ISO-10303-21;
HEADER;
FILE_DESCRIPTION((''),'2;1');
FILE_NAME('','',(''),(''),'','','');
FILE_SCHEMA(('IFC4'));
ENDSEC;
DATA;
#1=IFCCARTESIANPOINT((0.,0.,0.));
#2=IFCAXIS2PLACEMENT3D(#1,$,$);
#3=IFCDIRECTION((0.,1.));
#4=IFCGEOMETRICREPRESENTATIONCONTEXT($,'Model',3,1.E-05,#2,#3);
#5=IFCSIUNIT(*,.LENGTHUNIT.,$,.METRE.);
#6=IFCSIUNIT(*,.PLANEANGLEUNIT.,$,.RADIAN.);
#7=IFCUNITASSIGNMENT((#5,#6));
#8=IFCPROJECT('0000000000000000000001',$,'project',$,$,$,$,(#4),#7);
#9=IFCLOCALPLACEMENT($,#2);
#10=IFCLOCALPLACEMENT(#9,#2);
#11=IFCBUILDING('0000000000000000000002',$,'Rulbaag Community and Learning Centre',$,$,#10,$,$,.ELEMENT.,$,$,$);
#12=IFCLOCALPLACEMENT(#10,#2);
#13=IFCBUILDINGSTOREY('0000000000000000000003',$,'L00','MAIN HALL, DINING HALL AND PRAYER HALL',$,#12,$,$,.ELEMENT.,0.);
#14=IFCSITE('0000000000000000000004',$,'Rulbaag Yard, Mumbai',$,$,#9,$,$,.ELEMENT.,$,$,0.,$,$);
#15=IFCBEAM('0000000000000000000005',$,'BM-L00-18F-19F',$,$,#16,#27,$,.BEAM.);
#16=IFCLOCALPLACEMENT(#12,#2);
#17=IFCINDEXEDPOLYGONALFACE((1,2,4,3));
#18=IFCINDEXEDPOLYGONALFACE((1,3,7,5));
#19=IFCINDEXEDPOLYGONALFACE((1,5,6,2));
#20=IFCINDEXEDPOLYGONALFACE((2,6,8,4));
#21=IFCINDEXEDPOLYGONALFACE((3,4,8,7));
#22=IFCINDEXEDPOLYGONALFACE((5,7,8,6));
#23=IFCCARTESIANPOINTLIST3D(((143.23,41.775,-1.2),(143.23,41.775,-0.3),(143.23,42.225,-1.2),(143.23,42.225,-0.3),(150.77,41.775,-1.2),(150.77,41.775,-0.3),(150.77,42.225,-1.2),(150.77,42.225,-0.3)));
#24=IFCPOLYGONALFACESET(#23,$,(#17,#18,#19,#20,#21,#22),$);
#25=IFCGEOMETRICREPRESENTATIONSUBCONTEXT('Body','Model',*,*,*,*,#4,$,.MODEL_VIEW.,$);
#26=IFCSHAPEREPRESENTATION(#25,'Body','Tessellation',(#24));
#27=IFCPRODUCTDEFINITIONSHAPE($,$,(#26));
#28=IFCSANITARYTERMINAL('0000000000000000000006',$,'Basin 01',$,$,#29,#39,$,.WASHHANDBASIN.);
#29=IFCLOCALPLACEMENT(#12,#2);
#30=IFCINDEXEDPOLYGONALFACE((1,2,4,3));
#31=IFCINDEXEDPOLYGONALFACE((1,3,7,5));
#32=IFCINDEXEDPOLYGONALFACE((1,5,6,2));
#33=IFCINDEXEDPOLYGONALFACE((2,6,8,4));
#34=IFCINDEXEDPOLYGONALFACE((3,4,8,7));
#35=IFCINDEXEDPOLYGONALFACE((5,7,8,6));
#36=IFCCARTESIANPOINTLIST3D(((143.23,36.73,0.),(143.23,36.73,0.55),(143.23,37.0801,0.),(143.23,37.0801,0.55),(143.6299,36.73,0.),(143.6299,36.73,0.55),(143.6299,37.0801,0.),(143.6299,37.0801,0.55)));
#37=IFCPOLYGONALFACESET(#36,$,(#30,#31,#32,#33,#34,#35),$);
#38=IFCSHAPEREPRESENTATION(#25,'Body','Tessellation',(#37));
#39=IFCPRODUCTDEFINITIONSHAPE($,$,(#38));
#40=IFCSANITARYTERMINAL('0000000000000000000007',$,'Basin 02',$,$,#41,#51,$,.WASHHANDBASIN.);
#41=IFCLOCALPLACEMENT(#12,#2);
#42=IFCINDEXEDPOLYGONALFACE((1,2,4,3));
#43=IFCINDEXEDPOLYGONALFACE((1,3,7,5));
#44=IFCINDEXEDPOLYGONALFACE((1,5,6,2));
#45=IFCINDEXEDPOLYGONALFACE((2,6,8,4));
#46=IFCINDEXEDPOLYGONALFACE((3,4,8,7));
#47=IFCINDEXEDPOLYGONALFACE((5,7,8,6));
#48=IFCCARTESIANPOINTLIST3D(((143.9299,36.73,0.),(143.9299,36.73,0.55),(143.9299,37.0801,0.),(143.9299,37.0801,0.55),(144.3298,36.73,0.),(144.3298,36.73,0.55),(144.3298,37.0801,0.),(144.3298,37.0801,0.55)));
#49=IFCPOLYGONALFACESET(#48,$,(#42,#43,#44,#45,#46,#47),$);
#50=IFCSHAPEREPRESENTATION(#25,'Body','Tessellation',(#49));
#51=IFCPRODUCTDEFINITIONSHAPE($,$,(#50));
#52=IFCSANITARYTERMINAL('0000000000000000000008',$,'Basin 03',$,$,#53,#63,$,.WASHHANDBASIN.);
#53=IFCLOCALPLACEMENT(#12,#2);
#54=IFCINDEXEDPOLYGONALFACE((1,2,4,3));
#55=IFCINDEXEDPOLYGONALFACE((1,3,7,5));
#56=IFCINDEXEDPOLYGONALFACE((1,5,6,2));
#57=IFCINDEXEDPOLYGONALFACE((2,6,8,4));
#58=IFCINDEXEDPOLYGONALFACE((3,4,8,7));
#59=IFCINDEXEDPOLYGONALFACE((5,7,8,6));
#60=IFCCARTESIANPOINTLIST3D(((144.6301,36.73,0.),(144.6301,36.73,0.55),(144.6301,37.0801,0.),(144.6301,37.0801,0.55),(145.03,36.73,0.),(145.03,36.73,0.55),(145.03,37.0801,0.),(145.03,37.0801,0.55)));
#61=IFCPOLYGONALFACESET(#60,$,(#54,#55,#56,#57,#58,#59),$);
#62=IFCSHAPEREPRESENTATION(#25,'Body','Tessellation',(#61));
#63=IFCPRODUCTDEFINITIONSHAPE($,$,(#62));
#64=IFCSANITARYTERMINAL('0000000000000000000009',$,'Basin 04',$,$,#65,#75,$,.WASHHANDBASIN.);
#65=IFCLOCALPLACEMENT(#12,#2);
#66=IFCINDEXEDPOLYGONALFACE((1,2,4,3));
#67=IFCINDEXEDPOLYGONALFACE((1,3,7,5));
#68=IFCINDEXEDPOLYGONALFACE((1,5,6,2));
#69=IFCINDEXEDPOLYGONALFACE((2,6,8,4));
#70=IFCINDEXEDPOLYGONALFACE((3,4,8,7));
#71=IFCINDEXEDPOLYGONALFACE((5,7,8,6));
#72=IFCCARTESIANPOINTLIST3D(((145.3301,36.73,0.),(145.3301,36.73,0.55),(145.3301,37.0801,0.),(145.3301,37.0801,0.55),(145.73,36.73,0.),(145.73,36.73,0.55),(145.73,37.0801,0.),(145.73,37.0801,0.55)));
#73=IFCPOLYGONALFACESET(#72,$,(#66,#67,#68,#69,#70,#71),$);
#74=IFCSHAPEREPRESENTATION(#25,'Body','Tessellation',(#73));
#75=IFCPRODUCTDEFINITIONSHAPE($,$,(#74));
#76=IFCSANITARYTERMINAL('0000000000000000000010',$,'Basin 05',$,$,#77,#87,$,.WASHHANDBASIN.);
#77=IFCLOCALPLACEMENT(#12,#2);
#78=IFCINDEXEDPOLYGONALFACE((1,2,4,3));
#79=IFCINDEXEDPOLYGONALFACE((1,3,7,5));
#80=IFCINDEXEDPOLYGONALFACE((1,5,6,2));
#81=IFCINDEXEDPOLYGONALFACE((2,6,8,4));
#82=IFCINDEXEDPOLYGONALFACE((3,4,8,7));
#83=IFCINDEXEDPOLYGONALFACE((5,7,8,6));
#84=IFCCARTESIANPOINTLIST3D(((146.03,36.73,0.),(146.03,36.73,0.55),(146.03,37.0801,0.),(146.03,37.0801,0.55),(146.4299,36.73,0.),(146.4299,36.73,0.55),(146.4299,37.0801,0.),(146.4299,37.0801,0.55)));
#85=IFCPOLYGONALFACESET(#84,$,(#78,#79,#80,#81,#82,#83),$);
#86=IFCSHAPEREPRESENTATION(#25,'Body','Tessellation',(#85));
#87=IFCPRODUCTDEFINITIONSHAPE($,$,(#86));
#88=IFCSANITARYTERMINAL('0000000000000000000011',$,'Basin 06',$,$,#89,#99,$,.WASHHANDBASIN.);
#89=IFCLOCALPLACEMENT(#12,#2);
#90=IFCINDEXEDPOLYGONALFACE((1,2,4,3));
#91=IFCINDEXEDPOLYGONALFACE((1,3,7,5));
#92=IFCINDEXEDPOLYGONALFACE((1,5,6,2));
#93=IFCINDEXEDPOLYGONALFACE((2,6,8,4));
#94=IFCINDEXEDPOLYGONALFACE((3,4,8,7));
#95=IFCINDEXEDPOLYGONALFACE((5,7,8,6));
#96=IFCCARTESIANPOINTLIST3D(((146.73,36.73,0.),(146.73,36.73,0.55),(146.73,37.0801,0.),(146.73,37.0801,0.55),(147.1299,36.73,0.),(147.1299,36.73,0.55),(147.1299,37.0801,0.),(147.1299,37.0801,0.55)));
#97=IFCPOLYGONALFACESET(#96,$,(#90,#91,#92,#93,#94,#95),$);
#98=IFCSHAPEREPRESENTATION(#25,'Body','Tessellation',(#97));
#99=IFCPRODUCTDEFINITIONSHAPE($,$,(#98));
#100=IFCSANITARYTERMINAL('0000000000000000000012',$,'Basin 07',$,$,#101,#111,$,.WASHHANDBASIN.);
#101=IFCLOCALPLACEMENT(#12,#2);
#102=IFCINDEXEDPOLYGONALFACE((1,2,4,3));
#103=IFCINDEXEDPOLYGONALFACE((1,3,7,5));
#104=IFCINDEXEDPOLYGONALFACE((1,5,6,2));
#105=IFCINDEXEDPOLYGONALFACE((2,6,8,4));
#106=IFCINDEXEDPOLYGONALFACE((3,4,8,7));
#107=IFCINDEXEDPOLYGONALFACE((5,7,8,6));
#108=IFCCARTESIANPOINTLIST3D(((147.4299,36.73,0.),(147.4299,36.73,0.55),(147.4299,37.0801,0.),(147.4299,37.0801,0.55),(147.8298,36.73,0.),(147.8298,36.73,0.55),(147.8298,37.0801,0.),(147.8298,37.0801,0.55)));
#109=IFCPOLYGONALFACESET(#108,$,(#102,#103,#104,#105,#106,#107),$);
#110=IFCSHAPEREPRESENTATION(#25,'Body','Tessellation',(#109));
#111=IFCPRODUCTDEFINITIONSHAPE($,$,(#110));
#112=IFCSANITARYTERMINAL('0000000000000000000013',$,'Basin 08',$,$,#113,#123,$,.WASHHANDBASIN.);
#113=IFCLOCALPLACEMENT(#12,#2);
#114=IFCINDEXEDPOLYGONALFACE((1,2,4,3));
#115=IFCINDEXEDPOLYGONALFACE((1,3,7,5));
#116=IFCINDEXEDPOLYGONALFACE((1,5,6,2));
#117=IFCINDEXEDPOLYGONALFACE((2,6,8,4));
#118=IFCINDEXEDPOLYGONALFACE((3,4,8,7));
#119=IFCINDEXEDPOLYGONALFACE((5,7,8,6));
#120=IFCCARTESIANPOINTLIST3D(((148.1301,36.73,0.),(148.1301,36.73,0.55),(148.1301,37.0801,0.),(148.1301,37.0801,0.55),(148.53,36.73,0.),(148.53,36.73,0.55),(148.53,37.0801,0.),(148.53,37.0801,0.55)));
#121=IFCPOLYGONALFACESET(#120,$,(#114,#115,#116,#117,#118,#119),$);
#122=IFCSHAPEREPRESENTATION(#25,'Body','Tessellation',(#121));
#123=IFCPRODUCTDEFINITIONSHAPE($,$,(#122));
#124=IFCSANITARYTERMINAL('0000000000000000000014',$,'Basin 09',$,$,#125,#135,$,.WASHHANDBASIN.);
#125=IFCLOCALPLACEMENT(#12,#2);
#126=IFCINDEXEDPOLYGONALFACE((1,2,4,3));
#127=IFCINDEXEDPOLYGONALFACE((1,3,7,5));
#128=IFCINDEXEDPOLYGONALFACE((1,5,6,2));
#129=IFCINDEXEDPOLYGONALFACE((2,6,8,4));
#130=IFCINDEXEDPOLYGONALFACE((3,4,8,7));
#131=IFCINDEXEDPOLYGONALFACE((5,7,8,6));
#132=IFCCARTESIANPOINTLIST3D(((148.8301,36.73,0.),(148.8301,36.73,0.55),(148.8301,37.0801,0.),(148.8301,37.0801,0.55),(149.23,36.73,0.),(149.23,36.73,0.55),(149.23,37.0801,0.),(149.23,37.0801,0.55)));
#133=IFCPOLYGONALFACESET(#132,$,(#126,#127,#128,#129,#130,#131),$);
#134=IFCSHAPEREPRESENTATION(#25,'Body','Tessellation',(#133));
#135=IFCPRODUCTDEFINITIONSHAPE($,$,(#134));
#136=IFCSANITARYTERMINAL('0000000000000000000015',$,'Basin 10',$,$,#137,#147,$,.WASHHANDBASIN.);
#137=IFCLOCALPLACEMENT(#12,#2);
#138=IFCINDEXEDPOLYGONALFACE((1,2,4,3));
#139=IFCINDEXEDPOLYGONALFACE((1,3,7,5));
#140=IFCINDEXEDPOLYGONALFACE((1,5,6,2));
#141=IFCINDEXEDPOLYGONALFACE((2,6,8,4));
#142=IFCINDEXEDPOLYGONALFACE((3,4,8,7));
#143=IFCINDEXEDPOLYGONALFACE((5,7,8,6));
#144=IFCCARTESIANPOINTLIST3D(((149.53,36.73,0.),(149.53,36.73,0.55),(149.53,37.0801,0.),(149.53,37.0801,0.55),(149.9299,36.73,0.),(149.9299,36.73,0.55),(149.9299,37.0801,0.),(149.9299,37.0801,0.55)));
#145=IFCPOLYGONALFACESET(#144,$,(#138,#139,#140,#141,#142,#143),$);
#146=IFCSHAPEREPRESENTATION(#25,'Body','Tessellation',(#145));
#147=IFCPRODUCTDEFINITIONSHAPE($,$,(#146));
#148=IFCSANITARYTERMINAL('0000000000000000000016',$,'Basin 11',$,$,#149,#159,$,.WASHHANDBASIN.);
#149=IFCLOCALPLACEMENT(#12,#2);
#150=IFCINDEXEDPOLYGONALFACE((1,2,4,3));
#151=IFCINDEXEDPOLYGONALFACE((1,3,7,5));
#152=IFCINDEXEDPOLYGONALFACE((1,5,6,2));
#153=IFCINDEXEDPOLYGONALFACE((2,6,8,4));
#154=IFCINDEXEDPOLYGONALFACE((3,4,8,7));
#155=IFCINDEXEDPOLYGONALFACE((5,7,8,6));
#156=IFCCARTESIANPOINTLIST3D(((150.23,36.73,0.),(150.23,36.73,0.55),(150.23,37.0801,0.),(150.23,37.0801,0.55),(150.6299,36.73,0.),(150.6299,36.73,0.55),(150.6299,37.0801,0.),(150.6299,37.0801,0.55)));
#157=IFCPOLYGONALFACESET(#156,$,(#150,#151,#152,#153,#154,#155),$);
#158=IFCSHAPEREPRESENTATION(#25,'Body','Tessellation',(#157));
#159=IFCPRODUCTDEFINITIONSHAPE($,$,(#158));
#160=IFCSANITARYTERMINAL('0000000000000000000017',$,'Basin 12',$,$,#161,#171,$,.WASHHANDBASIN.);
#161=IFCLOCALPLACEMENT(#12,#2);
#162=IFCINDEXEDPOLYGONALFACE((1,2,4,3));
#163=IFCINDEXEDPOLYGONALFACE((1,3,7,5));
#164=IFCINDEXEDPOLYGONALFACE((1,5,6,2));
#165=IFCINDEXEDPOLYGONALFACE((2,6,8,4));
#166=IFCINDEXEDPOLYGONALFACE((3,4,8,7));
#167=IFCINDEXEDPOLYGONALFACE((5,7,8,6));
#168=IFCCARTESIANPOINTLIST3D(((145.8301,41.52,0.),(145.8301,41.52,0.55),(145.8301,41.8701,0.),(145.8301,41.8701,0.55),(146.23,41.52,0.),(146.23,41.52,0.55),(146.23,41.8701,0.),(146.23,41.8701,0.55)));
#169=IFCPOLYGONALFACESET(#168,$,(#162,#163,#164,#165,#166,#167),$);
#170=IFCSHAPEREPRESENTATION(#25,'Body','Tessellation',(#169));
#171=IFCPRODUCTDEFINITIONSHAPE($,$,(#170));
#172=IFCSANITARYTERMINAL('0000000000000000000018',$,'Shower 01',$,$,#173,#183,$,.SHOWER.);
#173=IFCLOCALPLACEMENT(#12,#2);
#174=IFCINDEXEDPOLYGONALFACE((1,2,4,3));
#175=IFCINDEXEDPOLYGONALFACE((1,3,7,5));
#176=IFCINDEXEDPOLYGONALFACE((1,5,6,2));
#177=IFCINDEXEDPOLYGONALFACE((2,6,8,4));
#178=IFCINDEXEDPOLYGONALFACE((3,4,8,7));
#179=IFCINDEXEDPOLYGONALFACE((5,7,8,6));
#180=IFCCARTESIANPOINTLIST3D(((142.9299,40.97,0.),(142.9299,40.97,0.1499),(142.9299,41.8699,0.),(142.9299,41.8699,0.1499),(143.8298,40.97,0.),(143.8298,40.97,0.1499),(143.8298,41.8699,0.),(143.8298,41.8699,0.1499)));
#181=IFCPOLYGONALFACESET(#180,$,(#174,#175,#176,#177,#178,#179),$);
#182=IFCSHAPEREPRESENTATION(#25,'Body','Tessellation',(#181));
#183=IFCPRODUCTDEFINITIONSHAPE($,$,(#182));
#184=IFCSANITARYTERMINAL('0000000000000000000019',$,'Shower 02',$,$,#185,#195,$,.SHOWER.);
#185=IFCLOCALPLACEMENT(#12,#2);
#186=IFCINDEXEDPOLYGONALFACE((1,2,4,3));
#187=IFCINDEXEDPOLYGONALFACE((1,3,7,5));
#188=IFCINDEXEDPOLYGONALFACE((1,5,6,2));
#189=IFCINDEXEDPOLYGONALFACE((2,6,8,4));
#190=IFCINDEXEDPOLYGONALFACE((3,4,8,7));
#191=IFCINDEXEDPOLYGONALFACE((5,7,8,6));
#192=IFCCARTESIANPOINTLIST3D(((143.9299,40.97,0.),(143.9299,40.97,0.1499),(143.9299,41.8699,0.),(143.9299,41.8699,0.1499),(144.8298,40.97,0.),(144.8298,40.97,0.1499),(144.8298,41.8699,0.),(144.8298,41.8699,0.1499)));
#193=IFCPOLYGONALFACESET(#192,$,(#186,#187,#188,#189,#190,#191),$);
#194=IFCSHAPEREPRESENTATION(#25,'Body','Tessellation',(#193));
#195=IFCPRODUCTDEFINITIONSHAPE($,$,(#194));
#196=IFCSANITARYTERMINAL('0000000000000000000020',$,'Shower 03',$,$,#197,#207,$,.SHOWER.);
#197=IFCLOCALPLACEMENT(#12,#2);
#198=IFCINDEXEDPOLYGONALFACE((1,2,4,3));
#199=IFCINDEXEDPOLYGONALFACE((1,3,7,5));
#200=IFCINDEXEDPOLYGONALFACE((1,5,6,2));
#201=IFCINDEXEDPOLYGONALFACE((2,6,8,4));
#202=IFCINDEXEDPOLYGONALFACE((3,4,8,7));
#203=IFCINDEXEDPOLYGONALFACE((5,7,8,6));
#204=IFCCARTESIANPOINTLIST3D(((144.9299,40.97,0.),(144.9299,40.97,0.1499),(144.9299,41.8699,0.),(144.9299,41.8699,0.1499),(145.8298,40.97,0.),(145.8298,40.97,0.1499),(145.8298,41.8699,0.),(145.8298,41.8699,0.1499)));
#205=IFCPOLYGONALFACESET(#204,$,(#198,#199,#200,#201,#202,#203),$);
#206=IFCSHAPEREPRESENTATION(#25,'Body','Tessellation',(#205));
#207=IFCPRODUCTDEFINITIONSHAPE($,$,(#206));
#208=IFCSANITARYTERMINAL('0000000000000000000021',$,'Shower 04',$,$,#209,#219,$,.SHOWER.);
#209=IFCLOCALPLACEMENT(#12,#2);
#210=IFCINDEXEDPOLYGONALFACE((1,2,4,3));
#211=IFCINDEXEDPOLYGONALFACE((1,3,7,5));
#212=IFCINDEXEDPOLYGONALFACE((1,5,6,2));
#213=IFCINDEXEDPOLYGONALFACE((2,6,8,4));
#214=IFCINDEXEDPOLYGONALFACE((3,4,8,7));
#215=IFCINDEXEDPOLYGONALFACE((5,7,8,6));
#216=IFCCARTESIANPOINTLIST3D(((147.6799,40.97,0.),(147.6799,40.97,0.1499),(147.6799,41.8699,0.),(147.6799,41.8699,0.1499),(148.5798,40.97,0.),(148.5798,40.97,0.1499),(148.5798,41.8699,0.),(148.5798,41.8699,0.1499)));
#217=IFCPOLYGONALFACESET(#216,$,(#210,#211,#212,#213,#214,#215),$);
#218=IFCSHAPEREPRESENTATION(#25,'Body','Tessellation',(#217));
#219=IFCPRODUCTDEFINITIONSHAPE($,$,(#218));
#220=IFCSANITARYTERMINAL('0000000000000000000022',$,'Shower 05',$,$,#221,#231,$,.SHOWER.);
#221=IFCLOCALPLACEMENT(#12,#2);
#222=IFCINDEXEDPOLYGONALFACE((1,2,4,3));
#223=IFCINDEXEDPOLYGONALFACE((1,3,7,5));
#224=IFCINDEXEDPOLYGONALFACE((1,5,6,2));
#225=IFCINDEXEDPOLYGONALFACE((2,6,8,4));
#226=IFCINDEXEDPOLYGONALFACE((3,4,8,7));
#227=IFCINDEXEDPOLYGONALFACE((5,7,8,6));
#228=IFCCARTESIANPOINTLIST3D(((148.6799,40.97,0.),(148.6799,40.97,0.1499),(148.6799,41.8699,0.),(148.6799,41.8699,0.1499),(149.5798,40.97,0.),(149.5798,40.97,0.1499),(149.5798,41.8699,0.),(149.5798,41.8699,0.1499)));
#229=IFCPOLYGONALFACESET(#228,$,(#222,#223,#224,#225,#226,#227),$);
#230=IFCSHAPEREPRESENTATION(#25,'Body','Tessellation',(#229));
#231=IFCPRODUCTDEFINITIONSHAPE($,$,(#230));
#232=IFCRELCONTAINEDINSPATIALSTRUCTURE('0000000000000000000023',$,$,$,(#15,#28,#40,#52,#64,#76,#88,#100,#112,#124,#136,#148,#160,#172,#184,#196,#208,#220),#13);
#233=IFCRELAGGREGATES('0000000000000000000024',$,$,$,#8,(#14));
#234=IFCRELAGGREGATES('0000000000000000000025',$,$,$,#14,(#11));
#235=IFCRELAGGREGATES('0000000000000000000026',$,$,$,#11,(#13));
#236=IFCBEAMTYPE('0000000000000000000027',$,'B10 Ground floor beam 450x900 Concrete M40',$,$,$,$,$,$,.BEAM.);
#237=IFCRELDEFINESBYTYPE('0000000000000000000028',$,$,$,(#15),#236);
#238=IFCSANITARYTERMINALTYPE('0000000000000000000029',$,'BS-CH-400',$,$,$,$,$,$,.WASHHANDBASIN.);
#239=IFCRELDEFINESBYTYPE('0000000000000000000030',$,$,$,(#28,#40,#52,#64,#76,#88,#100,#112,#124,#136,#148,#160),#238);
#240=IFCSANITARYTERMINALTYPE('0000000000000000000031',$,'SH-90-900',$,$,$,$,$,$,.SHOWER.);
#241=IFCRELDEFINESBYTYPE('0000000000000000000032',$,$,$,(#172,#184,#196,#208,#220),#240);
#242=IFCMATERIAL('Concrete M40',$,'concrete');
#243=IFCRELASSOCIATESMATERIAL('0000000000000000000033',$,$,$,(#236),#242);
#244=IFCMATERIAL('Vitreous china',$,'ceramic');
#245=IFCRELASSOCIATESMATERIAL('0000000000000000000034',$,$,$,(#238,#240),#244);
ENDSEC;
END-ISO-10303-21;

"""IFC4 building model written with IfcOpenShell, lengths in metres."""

from ifc_helpers import new_model, si_unit, direction, frame, origin, origin_2d, place, context, subcontext, project, spatial, rectangle, extrude, material, material_profile, profile_set, type_object, element, save


model = new_model("IFC4")

# Units and contexts
model_context = context("Model", 3, precision=1e-05, world=origin(), true_north=direction((0.0, 1.0)))
body_context = subcontext(model_context, "Body", "Model", "MODEL_VIEW")
ifc_project = project(units=[si_unit("LENGTHUNIT", "METRE"), si_unit("PLANEANGLEUNIT", "RADIAN")], contexts=[model_context])

# Site, building, storey
site_placement = place(None, origin())
site = spatial("IfcSite", under=ifc_project, at=site_placement, Name="Rulbaag Yard, Mumbai", CompositionType="ELEMENT", RefElevation=0.0)
building_placement = place(site_placement, origin())
building = spatial("IfcBuilding", under=site, at=building_placement, Name="Rulbaag Community and Learning Centre", CompositionType="ELEMENT")
storey_placement = place(building_placement, origin())
storey = spatial("IfcBuildingStorey", under=building, at=storey_placement, Name="L00", Description="MAIN HALL, DINING HALL AND PRAYER HALL", CompositionType="ELEMENT", Elevation=0.0)

# Beam
ifc_material_1 = material(Name="Concrete M40", Category="concrete")
ifc_material_profile = material_profile(ifc_material_1, rectangle(XDim=0.45, YDim=0.8999, at=origin_2d()), Name="RB450x900")
ifc_profile_set = profile_set([ifc_material_profile], Name="Concrete M40")
beam_type = type_object("IfcBeamType", Name="B10 Ground floor beam 450x900 Concrete M40", PredefinedType="BEAM", material=ifc_profile_set)
beam_placement = place(storey_placement, frame((143.23, 42.0, -0.75), z_axis=(1.0, 0.0, 0.0), x_axis=(0.0, 1.0, 0.0)))
element("IfcBeam", 1, at=beam_placement, inside=storey, type_object=beam_type, Name="BM-L00-18F-19F", PredefinedType="BEAM", context=body_context, shape_type="SweptSolid", body=[
    extrude(rectangle(XDim=0.45, YDim=0.8999, at=origin_2d()), origin(), (0.0, 0.0, 1.0), 7.54),
])

# Sanitary terminals
ifc_material_2 = material(Name="Vitreous china", Category="ceramic")
sanitary_terminal_type_1 = type_object("IfcSanitaryTerminalType", Name="BS-CH-400", PredefinedType="WASHHANDBASIN", material=ifc_material_2)
for number, where, z_axis, x_axis, name in (
    (2, (143.4299, 36.905, 0.0), (0.0, 0.0, 1.0), (1.0, 0.0, 0.0), "Basin 01"),
    (3, (144.1299, 36.905, 0.0), (0.0, 0.0, 1.0), (1.0, 0.0, 0.0), "Basin 02"),
    (4, (144.8301, 36.905, 0.0), (0.0, 0.0, 1.0), (1.0, 0.0, 0.0), "Basin 03"),
    (5, (145.53, 36.905, 0.0), (0.0, 0.0, 1.0), (1.0, 0.0, 0.0), "Basin 04"),
    (6, (146.23, 36.905, 0.0), (0.0, 0.0, 1.0), (1.0, 0.0, 0.0), "Basin 05"),
    (7, (146.9299, 36.905, 0.0), (0.0, 0.0, 1.0), (1.0, 0.0, 0.0), "Basin 06"),
    (8, (147.6299, 36.905, 0.0), (0.0, 0.0, 1.0), (1.0, 0.0, 0.0), "Basin 07"),
    (9, (148.3301, 36.905, 0.0), (0.0, 0.0, 1.0), (1.0, 0.0, 0.0), "Basin 08"),
    (10, (149.03, 36.905, 0.0), (0.0, 0.0, 1.0), (1.0, 0.0, 0.0), "Basin 09"),
    (11, (149.73, 36.905, 0.0), (0.0, 0.0, 1.0), (1.0, 0.0, 0.0), "Basin 10"),
    (12, (150.4299, 36.905, 0.0), (0.0, 0.0, 1.0), (1.0, 0.0, 0.0), "Basin 11"),
    (13, (146.03, 41.6951, 0.0), (0.0, 0.0, 1.0), (1.0, 0.0, 0.0), "Basin 12"),
):
    element("IfcSanitaryTerminal", number, at=place(storey_placement, frame(where, z_axis=z_axis, x_axis=x_axis)), inside=storey, type_object=sanitary_terminal_type_1, Name=name, PredefinedType="WASHHANDBASIN", context=body_context, shape_type="SweptSolid", body=[
        extrude(rectangle(XDim=0.3999, YDim=0.3501, at=origin_2d()), origin(), (0.0, 0.0, 1.0), 0.55),
    ])
sanitary_terminal_type_2 = type_object("IfcSanitaryTerminalType", Name="SH-90-900", PredefinedType="SHOWER", material=ifc_material_2)
for number, where, z_axis, x_axis, name in (
    (14, (143.3799, 41.4199, 0.0), (0.0, 0.0, 1.0), (1.0, 0.0, 0.0), "Shower 01"),
    (15, (144.3799, 41.4199, 0.0), (0.0, 0.0, 1.0), (1.0, 0.0, 0.0), "Shower 02"),
    (16, (145.3799, 41.4199, 0.0), (0.0, 0.0, 1.0), (1.0, 0.0, 0.0), "Shower 03"),
    (17, (148.1299, 41.4199, 0.0), (0.0, 0.0, 1.0), (1.0, 0.0, 0.0), "Shower 04"),
    (18, (149.1299, 41.4199, 0.0), (0.0, 0.0, 1.0), (1.0, 0.0, 0.0), "Shower 05"),
):
    element("IfcSanitaryTerminal", number, at=place(storey_placement, frame(where, z_axis=z_axis, x_axis=x_axis)), inside=storey, type_object=sanitary_terminal_type_2, Name=name, PredefinedType="SHOWER", context=body_context, shape_type="SweptSolid", body=[
        extrude(rectangle(XDim=0.8999, YDim=0.8999, at=origin_2d()), origin(), (0.0, 0.0, 1.0), 0.1499),
    ])

save(model, "model.ifc")
